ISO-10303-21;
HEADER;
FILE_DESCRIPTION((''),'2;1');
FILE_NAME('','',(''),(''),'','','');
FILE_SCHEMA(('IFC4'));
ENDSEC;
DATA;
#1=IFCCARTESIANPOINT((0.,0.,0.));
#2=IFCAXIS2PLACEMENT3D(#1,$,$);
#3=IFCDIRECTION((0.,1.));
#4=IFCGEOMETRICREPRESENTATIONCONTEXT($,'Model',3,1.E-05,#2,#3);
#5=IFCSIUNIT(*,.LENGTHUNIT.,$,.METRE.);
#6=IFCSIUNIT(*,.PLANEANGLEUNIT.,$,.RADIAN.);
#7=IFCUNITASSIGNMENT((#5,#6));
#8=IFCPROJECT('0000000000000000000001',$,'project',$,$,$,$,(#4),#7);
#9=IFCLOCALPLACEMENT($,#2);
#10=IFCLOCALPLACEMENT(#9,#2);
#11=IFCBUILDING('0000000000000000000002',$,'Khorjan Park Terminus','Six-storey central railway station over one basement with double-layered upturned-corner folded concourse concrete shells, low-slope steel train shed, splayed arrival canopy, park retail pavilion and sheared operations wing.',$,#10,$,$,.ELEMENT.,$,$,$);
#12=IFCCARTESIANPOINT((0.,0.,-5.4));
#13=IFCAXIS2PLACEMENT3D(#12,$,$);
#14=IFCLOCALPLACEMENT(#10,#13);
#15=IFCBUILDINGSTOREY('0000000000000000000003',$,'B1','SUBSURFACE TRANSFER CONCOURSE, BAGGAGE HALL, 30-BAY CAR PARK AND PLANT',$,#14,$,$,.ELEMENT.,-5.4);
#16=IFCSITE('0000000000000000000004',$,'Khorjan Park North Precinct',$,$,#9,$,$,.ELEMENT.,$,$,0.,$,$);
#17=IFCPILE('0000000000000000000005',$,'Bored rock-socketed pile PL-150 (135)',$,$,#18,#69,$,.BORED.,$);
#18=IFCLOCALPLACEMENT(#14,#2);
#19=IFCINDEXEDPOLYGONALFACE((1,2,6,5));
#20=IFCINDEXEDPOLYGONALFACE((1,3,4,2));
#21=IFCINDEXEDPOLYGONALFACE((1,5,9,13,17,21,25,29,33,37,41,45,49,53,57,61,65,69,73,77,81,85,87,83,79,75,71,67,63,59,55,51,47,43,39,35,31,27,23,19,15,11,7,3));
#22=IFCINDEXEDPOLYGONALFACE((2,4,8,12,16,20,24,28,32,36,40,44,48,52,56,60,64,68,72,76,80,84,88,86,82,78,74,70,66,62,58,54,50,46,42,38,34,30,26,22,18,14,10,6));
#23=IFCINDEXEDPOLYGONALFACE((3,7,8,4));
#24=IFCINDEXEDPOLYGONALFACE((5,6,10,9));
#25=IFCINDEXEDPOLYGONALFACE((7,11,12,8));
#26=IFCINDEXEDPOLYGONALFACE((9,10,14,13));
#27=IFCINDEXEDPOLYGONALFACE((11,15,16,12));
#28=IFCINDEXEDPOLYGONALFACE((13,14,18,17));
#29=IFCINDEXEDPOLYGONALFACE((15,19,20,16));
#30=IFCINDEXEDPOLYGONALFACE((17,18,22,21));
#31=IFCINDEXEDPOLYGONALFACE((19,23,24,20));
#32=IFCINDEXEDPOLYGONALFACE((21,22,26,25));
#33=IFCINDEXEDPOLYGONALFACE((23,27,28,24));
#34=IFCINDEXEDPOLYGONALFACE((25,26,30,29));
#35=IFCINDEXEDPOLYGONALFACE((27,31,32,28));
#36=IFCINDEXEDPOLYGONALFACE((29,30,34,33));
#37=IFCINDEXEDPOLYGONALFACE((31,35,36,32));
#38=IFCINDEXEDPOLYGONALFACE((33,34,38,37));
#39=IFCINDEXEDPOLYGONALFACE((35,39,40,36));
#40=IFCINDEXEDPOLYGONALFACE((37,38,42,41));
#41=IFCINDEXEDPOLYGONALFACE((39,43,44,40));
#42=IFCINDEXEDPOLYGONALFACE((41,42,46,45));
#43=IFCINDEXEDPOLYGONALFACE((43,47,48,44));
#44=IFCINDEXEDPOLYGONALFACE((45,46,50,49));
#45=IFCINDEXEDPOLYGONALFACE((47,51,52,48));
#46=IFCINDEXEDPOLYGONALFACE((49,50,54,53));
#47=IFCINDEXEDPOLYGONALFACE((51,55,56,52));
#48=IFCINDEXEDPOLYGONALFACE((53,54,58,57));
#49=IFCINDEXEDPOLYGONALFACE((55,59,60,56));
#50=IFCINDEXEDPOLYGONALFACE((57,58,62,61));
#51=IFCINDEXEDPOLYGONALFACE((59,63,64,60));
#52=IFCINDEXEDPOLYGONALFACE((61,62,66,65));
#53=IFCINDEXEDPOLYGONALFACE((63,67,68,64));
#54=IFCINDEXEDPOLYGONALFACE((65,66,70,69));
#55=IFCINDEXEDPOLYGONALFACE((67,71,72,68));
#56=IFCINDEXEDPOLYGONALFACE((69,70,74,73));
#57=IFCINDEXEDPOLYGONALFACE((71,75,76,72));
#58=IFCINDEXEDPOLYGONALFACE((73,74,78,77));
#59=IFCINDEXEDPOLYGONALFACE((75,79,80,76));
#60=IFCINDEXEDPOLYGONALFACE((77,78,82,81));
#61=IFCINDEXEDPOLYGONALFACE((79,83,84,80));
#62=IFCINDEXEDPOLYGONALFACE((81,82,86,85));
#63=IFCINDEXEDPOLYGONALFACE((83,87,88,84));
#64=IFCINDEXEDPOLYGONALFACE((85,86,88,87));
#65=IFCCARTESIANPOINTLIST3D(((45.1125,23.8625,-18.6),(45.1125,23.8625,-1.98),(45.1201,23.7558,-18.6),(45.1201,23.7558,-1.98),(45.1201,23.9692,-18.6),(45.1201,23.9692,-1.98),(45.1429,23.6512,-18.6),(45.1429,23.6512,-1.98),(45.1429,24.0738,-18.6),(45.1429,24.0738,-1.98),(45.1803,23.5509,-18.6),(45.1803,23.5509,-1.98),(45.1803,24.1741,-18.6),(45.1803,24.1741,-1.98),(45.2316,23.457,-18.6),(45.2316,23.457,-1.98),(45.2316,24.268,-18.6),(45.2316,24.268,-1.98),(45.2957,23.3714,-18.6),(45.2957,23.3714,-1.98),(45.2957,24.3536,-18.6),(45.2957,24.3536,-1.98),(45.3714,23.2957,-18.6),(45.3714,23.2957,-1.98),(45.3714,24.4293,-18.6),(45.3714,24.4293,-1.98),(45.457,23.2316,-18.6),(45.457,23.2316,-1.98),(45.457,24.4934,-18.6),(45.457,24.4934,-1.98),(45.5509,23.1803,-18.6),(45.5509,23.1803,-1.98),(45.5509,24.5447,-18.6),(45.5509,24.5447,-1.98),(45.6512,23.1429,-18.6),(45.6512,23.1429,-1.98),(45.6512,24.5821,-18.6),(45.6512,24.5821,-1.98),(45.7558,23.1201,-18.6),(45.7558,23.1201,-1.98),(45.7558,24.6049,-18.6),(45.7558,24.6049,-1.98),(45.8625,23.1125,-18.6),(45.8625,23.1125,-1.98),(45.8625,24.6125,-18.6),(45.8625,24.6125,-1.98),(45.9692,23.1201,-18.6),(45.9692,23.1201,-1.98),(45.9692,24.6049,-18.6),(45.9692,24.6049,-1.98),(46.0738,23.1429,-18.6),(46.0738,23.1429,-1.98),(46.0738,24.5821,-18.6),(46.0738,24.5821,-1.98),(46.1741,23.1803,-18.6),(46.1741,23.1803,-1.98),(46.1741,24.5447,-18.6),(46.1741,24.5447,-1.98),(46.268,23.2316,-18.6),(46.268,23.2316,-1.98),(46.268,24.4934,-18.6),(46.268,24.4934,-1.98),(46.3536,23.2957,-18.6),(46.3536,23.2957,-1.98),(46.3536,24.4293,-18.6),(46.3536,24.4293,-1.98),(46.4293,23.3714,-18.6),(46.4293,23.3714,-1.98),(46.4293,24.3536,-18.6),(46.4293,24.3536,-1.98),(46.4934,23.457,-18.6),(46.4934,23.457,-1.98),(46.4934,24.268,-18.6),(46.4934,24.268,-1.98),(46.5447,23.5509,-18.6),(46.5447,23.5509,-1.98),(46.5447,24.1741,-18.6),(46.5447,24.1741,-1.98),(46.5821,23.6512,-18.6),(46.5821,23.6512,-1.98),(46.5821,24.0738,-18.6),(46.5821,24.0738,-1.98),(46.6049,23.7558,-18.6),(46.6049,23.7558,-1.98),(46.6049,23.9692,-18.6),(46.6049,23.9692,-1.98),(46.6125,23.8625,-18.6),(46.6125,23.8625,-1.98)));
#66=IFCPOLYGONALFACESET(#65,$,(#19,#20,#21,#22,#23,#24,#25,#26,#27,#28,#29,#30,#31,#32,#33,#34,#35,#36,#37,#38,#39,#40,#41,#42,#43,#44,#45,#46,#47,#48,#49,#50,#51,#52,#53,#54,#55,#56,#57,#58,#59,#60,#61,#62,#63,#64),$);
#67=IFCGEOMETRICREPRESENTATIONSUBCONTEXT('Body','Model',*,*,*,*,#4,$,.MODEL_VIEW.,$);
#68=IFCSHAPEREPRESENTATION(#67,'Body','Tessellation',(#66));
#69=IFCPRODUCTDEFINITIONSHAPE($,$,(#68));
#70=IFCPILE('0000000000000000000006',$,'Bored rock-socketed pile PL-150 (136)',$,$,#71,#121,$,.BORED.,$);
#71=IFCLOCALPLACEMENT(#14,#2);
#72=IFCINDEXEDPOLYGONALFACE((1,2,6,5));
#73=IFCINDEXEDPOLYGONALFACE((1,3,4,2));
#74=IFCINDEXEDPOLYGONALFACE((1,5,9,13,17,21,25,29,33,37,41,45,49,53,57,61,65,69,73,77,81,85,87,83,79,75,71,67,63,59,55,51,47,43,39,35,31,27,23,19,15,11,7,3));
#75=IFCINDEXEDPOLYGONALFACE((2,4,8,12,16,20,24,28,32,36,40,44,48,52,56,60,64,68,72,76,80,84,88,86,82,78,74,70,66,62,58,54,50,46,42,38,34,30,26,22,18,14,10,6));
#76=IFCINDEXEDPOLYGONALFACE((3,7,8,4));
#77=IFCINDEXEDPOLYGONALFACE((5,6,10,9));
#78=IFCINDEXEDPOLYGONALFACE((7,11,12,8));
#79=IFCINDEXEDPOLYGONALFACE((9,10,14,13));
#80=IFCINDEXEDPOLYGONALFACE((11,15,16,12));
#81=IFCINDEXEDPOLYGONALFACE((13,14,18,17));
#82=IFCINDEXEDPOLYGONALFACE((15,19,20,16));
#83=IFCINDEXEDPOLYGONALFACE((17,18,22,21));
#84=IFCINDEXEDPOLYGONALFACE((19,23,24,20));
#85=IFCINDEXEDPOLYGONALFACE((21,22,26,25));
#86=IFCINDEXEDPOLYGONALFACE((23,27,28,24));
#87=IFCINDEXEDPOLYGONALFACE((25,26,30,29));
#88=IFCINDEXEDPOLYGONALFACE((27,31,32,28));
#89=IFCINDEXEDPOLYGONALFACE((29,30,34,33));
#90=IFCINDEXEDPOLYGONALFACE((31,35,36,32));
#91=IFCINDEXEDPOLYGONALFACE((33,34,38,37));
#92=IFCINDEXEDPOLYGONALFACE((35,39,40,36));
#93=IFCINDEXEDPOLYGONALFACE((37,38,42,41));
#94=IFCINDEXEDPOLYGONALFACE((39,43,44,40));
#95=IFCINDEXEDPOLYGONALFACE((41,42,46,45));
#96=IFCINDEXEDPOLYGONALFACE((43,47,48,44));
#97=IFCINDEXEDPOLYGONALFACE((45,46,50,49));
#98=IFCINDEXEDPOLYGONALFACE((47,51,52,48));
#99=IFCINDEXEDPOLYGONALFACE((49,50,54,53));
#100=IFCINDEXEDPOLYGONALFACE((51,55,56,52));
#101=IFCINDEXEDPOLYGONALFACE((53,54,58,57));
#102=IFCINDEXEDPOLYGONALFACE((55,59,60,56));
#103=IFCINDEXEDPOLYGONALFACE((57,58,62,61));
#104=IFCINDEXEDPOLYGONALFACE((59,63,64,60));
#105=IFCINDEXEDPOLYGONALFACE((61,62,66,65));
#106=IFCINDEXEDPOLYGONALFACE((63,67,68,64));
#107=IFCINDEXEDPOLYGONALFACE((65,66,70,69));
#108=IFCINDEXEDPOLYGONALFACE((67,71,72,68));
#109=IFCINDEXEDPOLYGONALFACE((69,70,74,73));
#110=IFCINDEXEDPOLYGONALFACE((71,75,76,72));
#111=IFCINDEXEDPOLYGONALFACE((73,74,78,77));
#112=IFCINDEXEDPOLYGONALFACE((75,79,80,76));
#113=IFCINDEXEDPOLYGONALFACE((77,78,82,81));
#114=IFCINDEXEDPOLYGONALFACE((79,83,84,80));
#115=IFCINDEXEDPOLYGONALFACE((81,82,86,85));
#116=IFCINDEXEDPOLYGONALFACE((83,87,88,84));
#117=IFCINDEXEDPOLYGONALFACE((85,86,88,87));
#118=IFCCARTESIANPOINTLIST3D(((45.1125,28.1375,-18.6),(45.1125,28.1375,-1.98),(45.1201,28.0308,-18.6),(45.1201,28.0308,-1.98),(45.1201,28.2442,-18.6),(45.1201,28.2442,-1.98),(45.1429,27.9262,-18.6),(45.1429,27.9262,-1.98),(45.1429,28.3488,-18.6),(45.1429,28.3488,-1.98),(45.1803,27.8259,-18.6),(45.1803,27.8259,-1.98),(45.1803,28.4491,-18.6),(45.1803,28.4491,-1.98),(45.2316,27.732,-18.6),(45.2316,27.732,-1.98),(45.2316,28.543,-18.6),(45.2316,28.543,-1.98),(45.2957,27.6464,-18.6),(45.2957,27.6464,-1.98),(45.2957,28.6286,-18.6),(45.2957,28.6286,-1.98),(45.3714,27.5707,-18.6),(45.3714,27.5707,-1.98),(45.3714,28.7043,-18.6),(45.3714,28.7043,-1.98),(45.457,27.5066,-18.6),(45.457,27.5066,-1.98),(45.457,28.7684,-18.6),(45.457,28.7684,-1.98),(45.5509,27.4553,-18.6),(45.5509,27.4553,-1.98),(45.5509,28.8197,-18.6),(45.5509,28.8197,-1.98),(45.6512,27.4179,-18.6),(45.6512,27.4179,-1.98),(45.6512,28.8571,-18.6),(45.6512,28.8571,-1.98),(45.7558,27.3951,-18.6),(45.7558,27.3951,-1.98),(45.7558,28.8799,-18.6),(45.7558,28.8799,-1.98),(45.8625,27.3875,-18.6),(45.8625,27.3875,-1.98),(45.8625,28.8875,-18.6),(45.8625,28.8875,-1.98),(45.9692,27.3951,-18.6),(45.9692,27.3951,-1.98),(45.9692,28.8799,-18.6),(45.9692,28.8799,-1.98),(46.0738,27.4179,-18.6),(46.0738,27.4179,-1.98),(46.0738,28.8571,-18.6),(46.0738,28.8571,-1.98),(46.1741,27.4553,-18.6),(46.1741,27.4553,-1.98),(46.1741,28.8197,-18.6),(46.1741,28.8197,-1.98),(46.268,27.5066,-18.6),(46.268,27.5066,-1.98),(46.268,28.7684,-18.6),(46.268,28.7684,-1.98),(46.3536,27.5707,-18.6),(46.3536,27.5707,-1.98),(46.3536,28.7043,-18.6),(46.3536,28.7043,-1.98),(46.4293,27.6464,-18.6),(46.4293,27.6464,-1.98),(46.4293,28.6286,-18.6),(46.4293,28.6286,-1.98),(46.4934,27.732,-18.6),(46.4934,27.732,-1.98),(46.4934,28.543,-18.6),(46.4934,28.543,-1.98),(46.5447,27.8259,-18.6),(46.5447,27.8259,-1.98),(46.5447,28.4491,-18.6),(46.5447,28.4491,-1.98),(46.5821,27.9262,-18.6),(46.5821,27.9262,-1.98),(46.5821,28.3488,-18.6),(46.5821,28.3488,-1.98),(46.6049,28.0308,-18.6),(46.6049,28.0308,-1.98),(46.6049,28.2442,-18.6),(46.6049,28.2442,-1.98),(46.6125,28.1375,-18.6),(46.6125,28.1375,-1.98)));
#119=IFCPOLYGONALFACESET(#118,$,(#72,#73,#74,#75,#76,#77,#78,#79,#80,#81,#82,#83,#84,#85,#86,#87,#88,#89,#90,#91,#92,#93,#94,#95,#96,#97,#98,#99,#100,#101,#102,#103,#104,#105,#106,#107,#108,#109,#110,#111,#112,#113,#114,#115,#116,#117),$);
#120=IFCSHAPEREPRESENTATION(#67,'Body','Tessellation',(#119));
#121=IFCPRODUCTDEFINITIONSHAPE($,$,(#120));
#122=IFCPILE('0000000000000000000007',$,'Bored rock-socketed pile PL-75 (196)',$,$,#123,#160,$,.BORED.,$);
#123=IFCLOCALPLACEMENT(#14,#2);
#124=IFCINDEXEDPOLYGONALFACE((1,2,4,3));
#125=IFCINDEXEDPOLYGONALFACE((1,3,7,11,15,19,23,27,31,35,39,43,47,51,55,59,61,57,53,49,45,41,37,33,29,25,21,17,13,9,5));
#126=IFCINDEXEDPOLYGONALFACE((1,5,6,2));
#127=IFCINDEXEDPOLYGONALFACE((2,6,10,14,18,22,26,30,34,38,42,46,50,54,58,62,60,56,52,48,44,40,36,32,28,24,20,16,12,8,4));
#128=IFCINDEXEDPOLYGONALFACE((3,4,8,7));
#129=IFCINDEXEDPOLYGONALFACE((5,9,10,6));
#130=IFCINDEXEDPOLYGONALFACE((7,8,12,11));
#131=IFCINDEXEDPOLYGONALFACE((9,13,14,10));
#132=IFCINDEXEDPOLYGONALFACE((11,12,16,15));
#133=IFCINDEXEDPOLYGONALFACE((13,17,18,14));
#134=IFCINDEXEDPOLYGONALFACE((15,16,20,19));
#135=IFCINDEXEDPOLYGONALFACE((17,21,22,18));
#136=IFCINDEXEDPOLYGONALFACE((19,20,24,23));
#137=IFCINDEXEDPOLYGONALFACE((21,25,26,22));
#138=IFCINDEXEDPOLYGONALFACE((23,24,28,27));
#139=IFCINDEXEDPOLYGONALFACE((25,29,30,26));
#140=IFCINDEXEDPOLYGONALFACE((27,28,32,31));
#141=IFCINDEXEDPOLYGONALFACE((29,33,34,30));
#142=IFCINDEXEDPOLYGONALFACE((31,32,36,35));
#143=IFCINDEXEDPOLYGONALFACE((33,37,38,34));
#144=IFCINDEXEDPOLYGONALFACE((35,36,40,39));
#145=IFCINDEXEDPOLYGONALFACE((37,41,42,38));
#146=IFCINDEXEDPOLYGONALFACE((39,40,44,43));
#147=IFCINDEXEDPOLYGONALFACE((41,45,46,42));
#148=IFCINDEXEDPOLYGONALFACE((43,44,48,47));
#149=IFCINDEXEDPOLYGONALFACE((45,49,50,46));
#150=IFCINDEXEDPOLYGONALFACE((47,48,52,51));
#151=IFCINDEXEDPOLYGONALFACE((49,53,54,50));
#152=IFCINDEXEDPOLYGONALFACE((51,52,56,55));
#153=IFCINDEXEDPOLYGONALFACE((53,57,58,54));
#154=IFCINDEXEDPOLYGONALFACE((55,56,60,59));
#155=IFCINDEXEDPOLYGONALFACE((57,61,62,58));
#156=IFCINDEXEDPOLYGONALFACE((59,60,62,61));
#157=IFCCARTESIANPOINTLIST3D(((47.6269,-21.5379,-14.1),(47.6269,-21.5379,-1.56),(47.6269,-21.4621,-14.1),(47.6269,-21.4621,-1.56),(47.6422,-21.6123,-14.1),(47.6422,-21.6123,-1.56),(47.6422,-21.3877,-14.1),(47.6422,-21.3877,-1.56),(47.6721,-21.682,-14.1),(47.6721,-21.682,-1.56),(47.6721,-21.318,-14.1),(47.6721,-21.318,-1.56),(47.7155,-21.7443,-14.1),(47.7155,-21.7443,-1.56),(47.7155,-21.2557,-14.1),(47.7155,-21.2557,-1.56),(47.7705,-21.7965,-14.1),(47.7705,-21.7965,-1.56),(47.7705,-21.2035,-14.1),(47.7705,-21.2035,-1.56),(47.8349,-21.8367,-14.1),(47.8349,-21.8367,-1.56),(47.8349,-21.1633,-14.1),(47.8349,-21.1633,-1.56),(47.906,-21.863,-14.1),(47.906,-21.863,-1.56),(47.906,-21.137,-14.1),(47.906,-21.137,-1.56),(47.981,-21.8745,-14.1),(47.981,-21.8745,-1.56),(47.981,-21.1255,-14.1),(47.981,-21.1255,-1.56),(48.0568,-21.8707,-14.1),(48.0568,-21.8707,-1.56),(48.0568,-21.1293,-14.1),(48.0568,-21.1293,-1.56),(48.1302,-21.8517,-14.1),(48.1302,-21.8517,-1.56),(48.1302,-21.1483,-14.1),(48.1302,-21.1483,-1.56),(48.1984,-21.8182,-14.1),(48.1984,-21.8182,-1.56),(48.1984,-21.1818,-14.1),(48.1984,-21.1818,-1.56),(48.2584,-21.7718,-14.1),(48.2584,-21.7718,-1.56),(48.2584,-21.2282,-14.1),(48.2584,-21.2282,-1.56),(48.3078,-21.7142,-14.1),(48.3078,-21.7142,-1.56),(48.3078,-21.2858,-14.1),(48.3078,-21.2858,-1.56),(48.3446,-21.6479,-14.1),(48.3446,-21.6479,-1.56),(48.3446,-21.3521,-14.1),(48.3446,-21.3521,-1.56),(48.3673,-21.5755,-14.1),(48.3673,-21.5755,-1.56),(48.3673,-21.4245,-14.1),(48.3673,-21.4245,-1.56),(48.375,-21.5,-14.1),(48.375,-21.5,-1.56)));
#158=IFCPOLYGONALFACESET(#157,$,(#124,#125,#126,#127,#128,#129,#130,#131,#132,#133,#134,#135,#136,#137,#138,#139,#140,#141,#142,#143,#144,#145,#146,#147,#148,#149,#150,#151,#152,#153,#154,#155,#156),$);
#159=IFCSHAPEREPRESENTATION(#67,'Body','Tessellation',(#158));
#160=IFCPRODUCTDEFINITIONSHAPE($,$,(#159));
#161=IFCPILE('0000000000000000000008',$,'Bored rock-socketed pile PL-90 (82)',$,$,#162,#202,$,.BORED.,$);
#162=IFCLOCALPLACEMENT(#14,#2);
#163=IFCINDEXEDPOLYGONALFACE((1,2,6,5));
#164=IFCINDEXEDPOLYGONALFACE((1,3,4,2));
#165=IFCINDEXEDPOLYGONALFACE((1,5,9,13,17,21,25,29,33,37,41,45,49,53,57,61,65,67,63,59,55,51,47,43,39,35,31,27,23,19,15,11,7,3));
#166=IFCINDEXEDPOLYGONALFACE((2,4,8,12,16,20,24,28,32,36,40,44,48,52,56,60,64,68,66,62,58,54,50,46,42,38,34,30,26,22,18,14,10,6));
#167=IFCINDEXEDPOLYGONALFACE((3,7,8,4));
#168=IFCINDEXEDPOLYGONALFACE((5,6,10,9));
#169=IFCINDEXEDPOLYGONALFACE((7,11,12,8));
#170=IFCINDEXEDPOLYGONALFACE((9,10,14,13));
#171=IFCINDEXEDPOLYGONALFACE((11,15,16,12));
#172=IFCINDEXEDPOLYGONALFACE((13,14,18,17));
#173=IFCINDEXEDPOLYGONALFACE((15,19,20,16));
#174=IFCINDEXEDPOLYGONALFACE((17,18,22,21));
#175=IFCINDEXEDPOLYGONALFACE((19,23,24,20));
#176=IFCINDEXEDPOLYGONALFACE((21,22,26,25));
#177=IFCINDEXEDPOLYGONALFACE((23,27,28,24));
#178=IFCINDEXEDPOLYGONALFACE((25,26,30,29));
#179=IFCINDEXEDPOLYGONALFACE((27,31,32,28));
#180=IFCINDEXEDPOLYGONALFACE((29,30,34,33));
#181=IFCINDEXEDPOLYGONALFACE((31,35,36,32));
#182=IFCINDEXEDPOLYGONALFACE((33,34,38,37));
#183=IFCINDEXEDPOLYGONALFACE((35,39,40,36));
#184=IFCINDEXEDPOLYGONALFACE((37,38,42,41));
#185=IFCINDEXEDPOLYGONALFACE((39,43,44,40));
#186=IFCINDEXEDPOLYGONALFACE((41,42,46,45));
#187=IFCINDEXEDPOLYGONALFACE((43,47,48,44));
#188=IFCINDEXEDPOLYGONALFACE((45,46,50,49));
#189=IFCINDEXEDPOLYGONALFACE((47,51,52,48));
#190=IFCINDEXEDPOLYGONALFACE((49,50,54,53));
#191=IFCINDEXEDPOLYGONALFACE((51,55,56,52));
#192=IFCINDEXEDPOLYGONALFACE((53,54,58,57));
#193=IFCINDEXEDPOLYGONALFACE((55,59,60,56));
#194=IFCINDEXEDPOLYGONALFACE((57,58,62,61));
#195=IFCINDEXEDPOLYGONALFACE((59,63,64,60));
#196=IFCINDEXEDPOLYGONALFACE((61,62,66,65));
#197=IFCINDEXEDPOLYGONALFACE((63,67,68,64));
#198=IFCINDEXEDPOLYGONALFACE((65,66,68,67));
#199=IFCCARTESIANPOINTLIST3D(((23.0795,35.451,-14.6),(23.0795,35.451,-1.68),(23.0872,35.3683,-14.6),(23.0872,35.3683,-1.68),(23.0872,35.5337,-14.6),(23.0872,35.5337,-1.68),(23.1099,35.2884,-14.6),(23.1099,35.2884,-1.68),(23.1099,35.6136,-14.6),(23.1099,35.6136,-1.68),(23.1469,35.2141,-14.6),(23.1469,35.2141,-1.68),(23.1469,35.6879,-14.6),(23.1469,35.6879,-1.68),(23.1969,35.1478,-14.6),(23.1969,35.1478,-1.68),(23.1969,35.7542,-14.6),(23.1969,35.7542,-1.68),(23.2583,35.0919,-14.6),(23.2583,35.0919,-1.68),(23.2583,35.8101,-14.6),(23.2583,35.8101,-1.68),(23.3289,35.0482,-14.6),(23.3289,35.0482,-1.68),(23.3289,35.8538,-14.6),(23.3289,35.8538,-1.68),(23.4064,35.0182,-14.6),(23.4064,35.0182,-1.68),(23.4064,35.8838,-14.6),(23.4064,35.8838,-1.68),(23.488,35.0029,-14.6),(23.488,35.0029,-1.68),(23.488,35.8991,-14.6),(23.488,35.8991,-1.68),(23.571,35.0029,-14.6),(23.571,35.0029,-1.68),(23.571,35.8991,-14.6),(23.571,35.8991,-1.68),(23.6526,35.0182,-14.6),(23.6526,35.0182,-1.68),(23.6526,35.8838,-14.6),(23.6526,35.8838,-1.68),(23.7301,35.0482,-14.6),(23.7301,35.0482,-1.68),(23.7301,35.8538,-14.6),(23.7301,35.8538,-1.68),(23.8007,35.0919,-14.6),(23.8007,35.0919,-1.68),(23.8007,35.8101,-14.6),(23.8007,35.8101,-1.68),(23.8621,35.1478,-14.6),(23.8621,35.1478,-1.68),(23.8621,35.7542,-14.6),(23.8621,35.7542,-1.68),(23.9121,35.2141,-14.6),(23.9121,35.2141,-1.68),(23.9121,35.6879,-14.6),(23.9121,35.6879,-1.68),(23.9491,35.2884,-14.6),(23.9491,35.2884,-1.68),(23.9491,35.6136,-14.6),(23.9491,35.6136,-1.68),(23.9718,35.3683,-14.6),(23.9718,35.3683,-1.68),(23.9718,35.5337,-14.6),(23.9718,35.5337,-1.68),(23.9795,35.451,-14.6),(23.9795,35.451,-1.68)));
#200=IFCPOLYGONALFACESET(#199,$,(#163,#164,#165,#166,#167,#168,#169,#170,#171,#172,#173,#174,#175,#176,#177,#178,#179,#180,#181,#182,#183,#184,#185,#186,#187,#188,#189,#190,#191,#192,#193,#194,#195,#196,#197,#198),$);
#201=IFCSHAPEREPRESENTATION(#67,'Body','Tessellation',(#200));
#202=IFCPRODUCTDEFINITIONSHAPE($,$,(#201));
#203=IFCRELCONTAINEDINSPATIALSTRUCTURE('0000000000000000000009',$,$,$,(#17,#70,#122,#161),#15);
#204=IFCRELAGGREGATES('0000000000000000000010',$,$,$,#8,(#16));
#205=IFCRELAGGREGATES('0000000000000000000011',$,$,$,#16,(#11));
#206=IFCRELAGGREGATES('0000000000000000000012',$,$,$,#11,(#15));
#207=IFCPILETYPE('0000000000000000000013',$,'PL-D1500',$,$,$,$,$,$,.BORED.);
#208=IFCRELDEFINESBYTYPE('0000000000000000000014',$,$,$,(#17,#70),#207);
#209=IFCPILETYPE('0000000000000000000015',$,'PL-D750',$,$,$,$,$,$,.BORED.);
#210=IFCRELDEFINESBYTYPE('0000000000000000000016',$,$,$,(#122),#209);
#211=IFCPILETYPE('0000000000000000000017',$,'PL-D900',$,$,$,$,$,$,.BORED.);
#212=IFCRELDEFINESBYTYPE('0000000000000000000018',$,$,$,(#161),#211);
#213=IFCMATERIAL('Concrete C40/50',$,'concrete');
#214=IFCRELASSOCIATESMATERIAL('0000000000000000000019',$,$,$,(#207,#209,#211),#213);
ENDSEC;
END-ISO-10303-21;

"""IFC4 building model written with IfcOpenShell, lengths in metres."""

from ifc_helpers import new_model, si_unit, direction, frame, origin, origin_2d, place, context, subcontext, project, spatial, circle, extrude, material, material_profile, profile_set, type_object, element, save


model = new_model("IFC4")

# Units and contexts
model_context = context("Model", 3, precision=1e-05, world=origin(), true_north=direction((0.0, 1.0)))
body_context = subcontext(model_context, "Body", "Model", "MODEL_VIEW")
ifc_project = project(units=[si_unit("LENGTHUNIT", "METRE"), si_unit("PLANEANGLEUNIT", "RADIAN")], contexts=[model_context])

# Site, building, storey
site_placement = place(None, origin())
site = spatial("IfcSite", under=ifc_project, at=site_placement, Name="Khorjan Park North Precinct", CompositionType="ELEMENT", RefElevation=0.0)
building_placement = place(site_placement, origin())
building = spatial("IfcBuilding", under=site, at=building_placement, Name="Khorjan Park Terminus", Description="Six-storey central railway station over one basement with double-layered upturned-corner folded concourse concrete shells, low-slope steel train shed, splayed arrival canopy, park retail pavilion and sheared operations wing.", CompositionType="ELEMENT")
storey_placement = place(building_placement, frame((0.0, 0.0, -5.4)))
storey = spatial("IfcBuildingStorey", under=building, at=storey_placement, Name="B1", Description="SUBSURFACE TRANSFER CONCOURSE, BAGGAGE HALL, 30-BAY CAR PARK AND PLANT", CompositionType="ELEMENT", Elevation=-5.4)

# Shared definitions
ifc_material_1 = material(Name="Concrete C40/50", Category="concrete")

# Piles
ifc_material_profile_1 = material_profile(ifc_material_1, circle(Radius=0.75, at=origin_2d()), Name="BORED D1500")
ifc_profile_set_1 = profile_set([ifc_material_profile_1], Name="Concrete C40/50")
pile_type_1 = type_object("IfcPileType", Name="PL-D1500", PredefinedType="BORED", material=ifc_profile_set_1)
for number, where, z_axis, x_axis, name in (
    (1, (45.8625, 23.8625, -1.98), (0.0, 0.0, -1.0), (1.0, 0.0, 0.0), "Bored rock-socketed pile PL-150 (135)"),
    (2, (45.8625, 28.1375, -1.98), (0.0, 0.0, -1.0), (1.0, 0.0, 0.0), "Bored rock-socketed pile PL-150 (136)"),
):
    element("IfcPile", number, at=place(storey_placement, frame(where, z_axis=z_axis, x_axis=x_axis)), inside=storey, type_object=pile_type_1, Name=name, PredefinedType="BORED", context=body_context, shape_type="SweptSolid", body=[
        extrude(circle(Radius=0.75, at=origin_2d()), origin(), (0.0, 0.0, 1.0), 16.62),
    ])
ifc_material_profile_2 = material_profile(ifc_material_1, circle(Radius=0.375, at=origin_2d()), Name="BORED D750")
ifc_profile_set_2 = profile_set([ifc_material_profile_2], Name="Concrete C40/50")
pile_type_2 = type_object("IfcPileType", Name="PL-D750", PredefinedType="BORED", material=ifc_profile_set_2)
pile_1_placement = place(storey_placement, frame((48.0, -21.5, -1.56), z_axis=(0.0, 0.0, -1.0), x_axis=(1.0, 0.0, 0.0)))
element("IfcPile", 3, at=pile_1_placement, inside=storey, type_object=pile_type_2, Name="Bored rock-socketed pile PL-75 (196)", PredefinedType="BORED", context=body_context, shape_type="SweptSolid", body=[
    extrude(circle(Radius=0.375, at=origin_2d()), origin(), (0.0, 0.0, 1.0), 12.54),
])
ifc_material_profile_3 = material_profile(ifc_material_1, circle(Radius=0.45, at=origin_2d()), Name="BORED D900")
ifc_profile_set_3 = profile_set([ifc_material_profile_3], Name="Concrete C40/50")
pile_type_3 = type_object("IfcPileType", Name="PL-D900", PredefinedType="BORED", material=ifc_profile_set_3)
pile_2_placement = place(storey_placement, frame((23.5295, 35.451, -1.68), z_axis=(0.0, 0.0, -1.0), x_axis=(1.0, 0.0, 0.0)))
element("IfcPile", 4, at=pile_2_placement, inside=storey, type_object=pile_type_3, Name="Bored rock-socketed pile PL-90 (82)", PredefinedType="BORED", context=body_context, shape_type="SweptSolid", body=[
    extrude(circle(Radius=0.45, at=origin_2d()), origin(), (0.0, 0.0, 1.0), 12.92),
])

save(model, "model.ifc")
